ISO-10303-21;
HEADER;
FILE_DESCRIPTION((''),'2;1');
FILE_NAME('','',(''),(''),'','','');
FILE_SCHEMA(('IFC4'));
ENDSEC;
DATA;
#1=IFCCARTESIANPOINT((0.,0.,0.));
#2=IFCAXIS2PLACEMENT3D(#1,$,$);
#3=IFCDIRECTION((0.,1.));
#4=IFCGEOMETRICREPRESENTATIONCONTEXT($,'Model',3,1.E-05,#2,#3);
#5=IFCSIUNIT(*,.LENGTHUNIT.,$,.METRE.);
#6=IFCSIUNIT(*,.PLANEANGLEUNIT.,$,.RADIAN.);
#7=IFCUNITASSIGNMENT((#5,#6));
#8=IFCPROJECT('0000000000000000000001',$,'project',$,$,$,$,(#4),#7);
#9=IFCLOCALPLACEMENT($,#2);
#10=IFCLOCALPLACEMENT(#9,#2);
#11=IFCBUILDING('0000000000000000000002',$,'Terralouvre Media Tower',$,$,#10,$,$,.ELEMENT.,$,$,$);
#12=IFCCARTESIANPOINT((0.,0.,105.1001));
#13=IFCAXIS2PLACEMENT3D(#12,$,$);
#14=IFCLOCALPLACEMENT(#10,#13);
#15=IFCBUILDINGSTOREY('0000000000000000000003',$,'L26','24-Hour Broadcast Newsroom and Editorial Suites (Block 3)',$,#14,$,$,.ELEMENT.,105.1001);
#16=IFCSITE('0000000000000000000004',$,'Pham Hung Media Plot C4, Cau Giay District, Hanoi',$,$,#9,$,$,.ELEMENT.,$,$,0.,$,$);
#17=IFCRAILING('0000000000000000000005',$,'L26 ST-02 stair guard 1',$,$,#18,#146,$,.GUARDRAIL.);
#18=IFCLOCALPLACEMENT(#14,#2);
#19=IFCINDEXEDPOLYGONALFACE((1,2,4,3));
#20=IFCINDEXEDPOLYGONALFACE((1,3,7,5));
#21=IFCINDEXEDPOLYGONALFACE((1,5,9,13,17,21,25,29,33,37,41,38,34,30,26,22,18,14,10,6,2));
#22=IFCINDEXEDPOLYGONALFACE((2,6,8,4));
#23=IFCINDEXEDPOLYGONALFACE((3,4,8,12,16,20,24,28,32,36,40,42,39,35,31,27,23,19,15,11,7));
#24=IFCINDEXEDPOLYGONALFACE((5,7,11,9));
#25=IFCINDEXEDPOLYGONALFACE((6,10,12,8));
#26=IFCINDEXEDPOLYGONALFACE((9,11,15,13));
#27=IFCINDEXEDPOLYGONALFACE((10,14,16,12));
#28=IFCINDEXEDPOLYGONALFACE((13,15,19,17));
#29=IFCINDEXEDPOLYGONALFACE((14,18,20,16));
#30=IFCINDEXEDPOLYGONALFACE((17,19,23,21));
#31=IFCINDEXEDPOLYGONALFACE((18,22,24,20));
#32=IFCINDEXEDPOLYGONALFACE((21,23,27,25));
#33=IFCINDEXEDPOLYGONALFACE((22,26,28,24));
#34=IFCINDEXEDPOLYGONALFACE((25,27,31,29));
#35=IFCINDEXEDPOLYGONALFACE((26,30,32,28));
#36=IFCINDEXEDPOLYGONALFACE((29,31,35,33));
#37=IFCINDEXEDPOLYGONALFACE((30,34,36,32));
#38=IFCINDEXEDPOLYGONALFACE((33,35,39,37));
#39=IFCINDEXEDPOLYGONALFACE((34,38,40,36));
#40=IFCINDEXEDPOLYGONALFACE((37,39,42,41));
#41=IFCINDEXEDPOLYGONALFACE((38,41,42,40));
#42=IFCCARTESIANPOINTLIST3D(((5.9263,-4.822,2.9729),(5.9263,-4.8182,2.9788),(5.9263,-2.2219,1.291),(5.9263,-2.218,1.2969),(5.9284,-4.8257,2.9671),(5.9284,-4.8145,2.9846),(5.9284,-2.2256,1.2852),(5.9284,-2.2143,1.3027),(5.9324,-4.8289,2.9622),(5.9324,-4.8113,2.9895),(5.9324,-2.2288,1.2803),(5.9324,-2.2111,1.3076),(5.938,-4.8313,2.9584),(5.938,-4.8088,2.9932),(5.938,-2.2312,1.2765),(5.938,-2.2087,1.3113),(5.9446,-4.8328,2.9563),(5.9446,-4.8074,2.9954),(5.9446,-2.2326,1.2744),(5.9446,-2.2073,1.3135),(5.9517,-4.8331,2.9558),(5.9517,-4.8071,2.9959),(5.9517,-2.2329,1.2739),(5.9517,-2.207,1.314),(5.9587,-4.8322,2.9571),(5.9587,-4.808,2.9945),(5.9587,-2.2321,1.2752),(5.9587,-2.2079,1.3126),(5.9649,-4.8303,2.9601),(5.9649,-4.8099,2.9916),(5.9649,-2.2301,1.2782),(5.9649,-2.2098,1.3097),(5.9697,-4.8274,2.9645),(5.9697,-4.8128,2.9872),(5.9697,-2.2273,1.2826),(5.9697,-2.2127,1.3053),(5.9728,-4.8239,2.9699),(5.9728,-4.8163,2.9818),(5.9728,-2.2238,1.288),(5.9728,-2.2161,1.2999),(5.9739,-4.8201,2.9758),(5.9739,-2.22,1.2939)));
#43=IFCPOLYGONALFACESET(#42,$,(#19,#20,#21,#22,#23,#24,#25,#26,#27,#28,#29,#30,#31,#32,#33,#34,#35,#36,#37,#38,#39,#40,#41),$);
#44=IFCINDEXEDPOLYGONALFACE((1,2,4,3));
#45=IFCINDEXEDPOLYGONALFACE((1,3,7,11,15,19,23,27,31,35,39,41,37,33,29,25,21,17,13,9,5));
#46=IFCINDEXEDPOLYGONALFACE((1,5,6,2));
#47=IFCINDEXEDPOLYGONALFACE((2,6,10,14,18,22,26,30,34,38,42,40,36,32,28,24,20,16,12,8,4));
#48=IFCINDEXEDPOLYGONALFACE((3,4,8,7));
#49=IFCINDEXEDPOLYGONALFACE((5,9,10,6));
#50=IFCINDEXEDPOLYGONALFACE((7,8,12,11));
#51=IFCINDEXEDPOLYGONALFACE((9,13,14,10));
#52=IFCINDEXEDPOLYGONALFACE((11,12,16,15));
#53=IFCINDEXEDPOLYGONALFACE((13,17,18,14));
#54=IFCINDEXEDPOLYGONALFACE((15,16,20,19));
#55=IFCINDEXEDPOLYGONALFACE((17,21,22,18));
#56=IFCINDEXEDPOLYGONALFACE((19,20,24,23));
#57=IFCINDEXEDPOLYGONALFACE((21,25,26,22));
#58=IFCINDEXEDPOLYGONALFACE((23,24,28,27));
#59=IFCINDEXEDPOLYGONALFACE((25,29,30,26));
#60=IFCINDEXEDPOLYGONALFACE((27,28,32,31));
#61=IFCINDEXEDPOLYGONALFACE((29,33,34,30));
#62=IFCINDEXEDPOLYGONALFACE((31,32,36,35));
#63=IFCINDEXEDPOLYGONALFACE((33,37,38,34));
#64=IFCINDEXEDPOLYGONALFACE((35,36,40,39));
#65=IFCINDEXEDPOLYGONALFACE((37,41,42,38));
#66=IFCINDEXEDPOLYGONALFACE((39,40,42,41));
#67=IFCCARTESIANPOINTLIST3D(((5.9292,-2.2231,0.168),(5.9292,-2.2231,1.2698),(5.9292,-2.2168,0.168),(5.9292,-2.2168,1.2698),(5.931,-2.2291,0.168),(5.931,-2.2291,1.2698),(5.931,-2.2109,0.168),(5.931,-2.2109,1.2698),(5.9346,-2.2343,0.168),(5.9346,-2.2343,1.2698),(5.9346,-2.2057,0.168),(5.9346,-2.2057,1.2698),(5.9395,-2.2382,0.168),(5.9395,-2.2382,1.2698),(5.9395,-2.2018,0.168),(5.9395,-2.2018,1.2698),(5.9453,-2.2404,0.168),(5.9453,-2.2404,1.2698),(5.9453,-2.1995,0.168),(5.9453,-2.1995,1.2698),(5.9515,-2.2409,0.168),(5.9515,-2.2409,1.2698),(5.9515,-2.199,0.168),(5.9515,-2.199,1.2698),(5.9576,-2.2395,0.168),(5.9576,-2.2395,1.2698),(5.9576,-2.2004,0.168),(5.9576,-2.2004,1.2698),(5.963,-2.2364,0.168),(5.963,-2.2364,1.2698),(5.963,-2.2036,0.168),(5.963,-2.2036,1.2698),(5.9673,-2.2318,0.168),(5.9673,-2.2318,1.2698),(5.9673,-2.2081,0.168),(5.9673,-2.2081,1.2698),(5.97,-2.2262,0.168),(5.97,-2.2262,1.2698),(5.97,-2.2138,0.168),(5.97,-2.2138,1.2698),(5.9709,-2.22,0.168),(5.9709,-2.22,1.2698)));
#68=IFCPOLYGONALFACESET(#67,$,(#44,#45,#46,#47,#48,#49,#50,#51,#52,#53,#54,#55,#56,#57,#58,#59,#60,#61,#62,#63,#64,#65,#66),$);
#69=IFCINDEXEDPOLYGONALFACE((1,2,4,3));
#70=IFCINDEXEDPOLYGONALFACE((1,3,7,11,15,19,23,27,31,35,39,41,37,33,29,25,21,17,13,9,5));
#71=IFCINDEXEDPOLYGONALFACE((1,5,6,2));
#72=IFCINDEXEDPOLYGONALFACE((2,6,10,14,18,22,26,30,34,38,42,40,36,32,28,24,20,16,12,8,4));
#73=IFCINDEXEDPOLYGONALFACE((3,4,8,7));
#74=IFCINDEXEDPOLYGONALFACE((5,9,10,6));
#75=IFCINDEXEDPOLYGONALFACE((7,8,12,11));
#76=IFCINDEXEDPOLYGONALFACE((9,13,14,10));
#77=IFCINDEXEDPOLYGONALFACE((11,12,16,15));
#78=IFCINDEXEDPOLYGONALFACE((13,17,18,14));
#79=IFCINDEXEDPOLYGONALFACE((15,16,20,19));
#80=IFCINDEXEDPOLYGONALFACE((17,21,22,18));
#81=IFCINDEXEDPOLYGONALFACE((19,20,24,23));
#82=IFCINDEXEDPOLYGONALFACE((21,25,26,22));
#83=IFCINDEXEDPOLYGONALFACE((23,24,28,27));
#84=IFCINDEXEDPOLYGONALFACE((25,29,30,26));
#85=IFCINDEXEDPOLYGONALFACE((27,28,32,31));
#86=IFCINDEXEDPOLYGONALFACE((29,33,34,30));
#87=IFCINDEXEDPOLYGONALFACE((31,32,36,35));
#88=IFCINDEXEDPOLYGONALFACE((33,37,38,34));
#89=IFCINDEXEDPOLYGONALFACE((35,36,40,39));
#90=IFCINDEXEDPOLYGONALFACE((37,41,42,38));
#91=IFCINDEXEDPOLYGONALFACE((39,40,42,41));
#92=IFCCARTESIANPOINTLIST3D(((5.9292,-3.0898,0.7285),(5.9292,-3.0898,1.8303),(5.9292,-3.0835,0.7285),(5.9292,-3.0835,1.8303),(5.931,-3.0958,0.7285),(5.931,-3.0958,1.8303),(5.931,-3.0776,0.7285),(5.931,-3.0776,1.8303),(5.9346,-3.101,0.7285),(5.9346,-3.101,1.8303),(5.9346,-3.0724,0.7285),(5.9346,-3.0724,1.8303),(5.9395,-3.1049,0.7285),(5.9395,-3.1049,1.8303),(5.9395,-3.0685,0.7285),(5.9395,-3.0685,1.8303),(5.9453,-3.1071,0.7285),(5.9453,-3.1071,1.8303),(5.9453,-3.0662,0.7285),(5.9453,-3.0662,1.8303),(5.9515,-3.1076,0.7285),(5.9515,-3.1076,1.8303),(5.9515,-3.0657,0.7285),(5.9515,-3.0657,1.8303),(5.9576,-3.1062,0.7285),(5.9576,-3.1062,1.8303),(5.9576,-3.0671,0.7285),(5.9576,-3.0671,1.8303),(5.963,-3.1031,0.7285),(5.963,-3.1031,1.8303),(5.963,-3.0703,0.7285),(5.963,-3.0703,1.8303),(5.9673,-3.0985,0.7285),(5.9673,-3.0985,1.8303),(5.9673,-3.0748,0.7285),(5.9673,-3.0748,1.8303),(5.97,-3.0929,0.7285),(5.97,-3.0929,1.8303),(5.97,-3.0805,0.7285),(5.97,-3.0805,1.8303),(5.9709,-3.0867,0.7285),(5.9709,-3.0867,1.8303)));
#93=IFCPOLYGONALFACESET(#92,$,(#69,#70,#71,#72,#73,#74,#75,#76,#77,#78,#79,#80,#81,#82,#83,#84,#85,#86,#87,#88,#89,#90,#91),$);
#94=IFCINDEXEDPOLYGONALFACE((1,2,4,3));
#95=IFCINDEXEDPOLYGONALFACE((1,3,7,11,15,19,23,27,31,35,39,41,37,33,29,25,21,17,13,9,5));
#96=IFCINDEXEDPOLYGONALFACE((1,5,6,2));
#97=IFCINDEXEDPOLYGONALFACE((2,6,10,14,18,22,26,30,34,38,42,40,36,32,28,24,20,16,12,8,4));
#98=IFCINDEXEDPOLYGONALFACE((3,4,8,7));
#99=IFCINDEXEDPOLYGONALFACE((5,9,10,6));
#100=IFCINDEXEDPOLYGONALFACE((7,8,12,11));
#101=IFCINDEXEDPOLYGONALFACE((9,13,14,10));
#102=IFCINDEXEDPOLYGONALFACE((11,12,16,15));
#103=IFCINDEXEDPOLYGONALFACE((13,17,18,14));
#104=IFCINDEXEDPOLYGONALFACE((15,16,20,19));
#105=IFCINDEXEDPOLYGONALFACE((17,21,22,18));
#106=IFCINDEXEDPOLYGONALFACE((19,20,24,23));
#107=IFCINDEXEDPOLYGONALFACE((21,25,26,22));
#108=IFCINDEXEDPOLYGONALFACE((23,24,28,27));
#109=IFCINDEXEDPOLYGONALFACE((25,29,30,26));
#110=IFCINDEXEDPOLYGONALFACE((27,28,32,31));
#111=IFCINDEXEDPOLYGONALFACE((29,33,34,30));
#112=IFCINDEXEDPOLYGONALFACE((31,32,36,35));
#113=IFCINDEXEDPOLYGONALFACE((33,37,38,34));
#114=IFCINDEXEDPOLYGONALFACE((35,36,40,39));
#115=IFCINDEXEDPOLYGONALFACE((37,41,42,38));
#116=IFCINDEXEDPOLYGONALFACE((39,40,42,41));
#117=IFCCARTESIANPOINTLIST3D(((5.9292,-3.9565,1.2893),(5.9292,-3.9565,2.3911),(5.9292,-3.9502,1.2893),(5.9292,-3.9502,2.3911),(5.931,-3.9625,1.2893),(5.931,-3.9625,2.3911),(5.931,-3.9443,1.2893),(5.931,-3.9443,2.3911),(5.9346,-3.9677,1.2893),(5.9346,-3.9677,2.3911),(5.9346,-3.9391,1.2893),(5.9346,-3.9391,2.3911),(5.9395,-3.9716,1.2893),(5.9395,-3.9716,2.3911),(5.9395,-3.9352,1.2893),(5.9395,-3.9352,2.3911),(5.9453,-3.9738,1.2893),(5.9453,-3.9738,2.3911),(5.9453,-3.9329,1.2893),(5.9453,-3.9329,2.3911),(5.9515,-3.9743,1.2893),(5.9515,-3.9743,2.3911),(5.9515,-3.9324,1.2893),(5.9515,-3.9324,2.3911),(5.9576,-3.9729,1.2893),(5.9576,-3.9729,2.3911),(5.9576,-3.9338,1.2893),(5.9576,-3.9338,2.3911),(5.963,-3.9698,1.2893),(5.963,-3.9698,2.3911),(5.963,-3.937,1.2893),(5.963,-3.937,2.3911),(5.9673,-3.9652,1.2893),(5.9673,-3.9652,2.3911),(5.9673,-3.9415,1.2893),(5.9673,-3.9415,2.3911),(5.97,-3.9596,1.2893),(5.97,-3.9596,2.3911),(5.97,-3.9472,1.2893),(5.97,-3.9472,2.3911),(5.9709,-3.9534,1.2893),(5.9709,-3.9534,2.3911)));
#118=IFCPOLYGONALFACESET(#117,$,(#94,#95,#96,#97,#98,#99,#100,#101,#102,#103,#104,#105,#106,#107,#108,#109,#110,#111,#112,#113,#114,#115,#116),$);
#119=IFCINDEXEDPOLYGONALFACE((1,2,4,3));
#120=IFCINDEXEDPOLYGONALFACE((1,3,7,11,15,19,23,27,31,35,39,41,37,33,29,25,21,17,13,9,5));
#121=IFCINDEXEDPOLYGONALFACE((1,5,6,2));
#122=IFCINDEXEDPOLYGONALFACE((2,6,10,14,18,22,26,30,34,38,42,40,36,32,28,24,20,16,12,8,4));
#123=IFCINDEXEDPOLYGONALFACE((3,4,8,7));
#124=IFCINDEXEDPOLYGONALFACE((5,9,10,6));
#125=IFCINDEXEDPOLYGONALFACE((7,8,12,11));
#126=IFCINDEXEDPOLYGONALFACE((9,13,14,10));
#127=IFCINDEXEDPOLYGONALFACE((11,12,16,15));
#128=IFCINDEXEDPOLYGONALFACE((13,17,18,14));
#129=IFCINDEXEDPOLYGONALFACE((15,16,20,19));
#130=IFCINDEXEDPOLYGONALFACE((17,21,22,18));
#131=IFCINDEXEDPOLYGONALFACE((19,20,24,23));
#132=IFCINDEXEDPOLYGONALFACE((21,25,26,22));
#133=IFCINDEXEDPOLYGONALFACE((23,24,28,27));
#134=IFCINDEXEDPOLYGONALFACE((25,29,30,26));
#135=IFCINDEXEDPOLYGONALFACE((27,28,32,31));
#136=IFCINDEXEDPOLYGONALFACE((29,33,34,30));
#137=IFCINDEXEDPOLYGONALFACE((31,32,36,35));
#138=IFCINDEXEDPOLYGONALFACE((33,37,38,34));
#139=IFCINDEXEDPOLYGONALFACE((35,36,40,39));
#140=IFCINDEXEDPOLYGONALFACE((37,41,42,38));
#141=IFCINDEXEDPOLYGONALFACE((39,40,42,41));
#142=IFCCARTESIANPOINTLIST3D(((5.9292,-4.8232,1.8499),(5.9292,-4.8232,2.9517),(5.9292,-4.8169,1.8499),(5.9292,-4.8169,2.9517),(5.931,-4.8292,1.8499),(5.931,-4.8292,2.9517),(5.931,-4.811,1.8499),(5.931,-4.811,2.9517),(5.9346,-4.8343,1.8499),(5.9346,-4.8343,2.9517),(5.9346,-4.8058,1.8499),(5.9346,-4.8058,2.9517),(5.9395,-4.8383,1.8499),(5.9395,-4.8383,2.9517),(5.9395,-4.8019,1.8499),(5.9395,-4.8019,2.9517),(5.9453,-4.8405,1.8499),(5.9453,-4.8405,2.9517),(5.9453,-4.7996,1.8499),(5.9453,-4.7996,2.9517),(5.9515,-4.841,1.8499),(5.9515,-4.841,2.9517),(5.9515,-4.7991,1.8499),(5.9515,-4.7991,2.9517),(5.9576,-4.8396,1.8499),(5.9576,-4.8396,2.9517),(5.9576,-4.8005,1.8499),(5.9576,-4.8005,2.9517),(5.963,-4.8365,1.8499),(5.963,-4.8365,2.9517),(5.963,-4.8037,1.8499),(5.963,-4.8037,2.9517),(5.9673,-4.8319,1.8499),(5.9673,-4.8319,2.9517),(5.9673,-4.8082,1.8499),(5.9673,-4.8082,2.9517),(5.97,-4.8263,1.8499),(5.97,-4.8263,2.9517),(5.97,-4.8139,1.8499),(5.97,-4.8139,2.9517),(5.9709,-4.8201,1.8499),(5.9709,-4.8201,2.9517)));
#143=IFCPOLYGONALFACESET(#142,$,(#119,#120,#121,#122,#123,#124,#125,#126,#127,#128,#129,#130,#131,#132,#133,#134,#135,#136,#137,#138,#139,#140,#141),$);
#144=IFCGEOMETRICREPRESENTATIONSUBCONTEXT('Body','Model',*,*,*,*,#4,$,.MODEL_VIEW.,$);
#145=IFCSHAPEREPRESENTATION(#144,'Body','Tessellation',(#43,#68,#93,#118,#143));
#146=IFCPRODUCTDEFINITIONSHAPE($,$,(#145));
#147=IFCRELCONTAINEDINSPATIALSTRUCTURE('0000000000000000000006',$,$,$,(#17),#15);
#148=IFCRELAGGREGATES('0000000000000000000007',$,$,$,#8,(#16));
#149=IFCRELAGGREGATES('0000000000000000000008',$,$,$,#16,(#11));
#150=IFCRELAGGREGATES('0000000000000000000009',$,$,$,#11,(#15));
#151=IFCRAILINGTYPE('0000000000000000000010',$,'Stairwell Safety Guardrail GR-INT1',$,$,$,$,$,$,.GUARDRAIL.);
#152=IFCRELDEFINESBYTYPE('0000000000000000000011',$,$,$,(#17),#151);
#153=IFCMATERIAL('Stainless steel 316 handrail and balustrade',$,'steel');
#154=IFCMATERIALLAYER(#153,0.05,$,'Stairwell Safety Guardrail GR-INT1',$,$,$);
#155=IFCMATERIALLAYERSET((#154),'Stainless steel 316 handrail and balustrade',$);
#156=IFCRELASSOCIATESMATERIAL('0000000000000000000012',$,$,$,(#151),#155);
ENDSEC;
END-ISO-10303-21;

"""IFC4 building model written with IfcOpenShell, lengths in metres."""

from ifc_helpers import new_model, si_unit, direction, frame, origin, origin_2d, place, context, subcontext, project, spatial, circle, extrude, material, layer, layer_set, type_object, element, save


model = new_model("IFC4")

# Units and contexts
model_context = context("Model", 3, precision=1e-05, world=origin(), true_north=direction((0.0, 1.0)))
body_context = subcontext(model_context, "Body", "Model", "MODEL_VIEW")
ifc_project = project(units=[si_unit("LENGTHUNIT", "METRE"), si_unit("PLANEANGLEUNIT", "RADIAN")], contexts=[model_context])

# Site, building, storey
site_placement = place(None, origin())
site = spatial("IfcSite", under=ifc_project, at=site_placement, Name="Pham Hung Media Plot C4, Cau Giay District, Hanoi", CompositionType="ELEMENT", RefElevation=0.0)
building_placement = place(site_placement, origin())
building = spatial("IfcBuilding", under=site, at=building_placement, Name="Terralouvre Media Tower", CompositionType="ELEMENT")
storey_placement = place(building_placement, frame((0.0, 0.0, 105.1001)))
storey = spatial("IfcBuildingStorey", under=building, at=storey_placement, Name="L26", Description="24-Hour Broadcast Newsroom and Editorial Suites (Block 3)", CompositionType="ELEMENT", Elevation=105.1001)

# Railing
ifc_material_1 = material(Name="Stainless steel 316 handrail and balustrade", Category="steel")
ifc_layer_1 = layer(ifc_material_1, 0.05, Name="Stairwell Safety Guardrail GR-INT1")
ifc_layer_set_1 = layer_set([ifc_layer_1], Name="Stainless steel 316 handrail and balustrade")
railing_type_1 = type_object("IfcRailingType", Name="Stairwell Safety Guardrail GR-INT1", PredefinedType="GUARDRAIL", material=ifc_layer_set_1)
railing_1_placement = place(storey_placement, frame((5.95, -2.22, 0.168)))
element("IfcRailing", 1, at=railing_1_placement, inside=storey, type_object=railing_type_1, Name="L26 ST-02 stair guard 1", PredefinedType="GUARDRAIL", context=body_context, shape_type="SweptSolid", body=[
    extrude(circle(Radius=0.0239, at=origin_2d()), frame((0.0, 0.0, 1.126), z_axis=(0.0, -0.839648, 0.54313), x_axis=(1.0, 0.0, 0.0)), (0.0, 0.0, 1.0), 3.0967),
    extrude(circle(Radius=0.021, at=origin_2d()), origin(), (0.0, 0.0, 1.0), 1.1018),
    extrude(circle(Radius=0.021, at=origin_2d()), frame((0.0, -0.8667, 0.5605)), (0.0, 0.0, 1.0), 1.1018),
    extrude(circle(Radius=0.021, at=origin_2d()), frame((0.0, -1.7334, 1.1213)), (0.0, 0.0, 1.0), 1.1018),
    extrude(circle(Radius=0.021, at=origin_2d()), frame((0.0, -2.6001, 1.6819)), (0.0, 0.0, 1.0), 1.1018),
])

save(model, "model.ifc")
